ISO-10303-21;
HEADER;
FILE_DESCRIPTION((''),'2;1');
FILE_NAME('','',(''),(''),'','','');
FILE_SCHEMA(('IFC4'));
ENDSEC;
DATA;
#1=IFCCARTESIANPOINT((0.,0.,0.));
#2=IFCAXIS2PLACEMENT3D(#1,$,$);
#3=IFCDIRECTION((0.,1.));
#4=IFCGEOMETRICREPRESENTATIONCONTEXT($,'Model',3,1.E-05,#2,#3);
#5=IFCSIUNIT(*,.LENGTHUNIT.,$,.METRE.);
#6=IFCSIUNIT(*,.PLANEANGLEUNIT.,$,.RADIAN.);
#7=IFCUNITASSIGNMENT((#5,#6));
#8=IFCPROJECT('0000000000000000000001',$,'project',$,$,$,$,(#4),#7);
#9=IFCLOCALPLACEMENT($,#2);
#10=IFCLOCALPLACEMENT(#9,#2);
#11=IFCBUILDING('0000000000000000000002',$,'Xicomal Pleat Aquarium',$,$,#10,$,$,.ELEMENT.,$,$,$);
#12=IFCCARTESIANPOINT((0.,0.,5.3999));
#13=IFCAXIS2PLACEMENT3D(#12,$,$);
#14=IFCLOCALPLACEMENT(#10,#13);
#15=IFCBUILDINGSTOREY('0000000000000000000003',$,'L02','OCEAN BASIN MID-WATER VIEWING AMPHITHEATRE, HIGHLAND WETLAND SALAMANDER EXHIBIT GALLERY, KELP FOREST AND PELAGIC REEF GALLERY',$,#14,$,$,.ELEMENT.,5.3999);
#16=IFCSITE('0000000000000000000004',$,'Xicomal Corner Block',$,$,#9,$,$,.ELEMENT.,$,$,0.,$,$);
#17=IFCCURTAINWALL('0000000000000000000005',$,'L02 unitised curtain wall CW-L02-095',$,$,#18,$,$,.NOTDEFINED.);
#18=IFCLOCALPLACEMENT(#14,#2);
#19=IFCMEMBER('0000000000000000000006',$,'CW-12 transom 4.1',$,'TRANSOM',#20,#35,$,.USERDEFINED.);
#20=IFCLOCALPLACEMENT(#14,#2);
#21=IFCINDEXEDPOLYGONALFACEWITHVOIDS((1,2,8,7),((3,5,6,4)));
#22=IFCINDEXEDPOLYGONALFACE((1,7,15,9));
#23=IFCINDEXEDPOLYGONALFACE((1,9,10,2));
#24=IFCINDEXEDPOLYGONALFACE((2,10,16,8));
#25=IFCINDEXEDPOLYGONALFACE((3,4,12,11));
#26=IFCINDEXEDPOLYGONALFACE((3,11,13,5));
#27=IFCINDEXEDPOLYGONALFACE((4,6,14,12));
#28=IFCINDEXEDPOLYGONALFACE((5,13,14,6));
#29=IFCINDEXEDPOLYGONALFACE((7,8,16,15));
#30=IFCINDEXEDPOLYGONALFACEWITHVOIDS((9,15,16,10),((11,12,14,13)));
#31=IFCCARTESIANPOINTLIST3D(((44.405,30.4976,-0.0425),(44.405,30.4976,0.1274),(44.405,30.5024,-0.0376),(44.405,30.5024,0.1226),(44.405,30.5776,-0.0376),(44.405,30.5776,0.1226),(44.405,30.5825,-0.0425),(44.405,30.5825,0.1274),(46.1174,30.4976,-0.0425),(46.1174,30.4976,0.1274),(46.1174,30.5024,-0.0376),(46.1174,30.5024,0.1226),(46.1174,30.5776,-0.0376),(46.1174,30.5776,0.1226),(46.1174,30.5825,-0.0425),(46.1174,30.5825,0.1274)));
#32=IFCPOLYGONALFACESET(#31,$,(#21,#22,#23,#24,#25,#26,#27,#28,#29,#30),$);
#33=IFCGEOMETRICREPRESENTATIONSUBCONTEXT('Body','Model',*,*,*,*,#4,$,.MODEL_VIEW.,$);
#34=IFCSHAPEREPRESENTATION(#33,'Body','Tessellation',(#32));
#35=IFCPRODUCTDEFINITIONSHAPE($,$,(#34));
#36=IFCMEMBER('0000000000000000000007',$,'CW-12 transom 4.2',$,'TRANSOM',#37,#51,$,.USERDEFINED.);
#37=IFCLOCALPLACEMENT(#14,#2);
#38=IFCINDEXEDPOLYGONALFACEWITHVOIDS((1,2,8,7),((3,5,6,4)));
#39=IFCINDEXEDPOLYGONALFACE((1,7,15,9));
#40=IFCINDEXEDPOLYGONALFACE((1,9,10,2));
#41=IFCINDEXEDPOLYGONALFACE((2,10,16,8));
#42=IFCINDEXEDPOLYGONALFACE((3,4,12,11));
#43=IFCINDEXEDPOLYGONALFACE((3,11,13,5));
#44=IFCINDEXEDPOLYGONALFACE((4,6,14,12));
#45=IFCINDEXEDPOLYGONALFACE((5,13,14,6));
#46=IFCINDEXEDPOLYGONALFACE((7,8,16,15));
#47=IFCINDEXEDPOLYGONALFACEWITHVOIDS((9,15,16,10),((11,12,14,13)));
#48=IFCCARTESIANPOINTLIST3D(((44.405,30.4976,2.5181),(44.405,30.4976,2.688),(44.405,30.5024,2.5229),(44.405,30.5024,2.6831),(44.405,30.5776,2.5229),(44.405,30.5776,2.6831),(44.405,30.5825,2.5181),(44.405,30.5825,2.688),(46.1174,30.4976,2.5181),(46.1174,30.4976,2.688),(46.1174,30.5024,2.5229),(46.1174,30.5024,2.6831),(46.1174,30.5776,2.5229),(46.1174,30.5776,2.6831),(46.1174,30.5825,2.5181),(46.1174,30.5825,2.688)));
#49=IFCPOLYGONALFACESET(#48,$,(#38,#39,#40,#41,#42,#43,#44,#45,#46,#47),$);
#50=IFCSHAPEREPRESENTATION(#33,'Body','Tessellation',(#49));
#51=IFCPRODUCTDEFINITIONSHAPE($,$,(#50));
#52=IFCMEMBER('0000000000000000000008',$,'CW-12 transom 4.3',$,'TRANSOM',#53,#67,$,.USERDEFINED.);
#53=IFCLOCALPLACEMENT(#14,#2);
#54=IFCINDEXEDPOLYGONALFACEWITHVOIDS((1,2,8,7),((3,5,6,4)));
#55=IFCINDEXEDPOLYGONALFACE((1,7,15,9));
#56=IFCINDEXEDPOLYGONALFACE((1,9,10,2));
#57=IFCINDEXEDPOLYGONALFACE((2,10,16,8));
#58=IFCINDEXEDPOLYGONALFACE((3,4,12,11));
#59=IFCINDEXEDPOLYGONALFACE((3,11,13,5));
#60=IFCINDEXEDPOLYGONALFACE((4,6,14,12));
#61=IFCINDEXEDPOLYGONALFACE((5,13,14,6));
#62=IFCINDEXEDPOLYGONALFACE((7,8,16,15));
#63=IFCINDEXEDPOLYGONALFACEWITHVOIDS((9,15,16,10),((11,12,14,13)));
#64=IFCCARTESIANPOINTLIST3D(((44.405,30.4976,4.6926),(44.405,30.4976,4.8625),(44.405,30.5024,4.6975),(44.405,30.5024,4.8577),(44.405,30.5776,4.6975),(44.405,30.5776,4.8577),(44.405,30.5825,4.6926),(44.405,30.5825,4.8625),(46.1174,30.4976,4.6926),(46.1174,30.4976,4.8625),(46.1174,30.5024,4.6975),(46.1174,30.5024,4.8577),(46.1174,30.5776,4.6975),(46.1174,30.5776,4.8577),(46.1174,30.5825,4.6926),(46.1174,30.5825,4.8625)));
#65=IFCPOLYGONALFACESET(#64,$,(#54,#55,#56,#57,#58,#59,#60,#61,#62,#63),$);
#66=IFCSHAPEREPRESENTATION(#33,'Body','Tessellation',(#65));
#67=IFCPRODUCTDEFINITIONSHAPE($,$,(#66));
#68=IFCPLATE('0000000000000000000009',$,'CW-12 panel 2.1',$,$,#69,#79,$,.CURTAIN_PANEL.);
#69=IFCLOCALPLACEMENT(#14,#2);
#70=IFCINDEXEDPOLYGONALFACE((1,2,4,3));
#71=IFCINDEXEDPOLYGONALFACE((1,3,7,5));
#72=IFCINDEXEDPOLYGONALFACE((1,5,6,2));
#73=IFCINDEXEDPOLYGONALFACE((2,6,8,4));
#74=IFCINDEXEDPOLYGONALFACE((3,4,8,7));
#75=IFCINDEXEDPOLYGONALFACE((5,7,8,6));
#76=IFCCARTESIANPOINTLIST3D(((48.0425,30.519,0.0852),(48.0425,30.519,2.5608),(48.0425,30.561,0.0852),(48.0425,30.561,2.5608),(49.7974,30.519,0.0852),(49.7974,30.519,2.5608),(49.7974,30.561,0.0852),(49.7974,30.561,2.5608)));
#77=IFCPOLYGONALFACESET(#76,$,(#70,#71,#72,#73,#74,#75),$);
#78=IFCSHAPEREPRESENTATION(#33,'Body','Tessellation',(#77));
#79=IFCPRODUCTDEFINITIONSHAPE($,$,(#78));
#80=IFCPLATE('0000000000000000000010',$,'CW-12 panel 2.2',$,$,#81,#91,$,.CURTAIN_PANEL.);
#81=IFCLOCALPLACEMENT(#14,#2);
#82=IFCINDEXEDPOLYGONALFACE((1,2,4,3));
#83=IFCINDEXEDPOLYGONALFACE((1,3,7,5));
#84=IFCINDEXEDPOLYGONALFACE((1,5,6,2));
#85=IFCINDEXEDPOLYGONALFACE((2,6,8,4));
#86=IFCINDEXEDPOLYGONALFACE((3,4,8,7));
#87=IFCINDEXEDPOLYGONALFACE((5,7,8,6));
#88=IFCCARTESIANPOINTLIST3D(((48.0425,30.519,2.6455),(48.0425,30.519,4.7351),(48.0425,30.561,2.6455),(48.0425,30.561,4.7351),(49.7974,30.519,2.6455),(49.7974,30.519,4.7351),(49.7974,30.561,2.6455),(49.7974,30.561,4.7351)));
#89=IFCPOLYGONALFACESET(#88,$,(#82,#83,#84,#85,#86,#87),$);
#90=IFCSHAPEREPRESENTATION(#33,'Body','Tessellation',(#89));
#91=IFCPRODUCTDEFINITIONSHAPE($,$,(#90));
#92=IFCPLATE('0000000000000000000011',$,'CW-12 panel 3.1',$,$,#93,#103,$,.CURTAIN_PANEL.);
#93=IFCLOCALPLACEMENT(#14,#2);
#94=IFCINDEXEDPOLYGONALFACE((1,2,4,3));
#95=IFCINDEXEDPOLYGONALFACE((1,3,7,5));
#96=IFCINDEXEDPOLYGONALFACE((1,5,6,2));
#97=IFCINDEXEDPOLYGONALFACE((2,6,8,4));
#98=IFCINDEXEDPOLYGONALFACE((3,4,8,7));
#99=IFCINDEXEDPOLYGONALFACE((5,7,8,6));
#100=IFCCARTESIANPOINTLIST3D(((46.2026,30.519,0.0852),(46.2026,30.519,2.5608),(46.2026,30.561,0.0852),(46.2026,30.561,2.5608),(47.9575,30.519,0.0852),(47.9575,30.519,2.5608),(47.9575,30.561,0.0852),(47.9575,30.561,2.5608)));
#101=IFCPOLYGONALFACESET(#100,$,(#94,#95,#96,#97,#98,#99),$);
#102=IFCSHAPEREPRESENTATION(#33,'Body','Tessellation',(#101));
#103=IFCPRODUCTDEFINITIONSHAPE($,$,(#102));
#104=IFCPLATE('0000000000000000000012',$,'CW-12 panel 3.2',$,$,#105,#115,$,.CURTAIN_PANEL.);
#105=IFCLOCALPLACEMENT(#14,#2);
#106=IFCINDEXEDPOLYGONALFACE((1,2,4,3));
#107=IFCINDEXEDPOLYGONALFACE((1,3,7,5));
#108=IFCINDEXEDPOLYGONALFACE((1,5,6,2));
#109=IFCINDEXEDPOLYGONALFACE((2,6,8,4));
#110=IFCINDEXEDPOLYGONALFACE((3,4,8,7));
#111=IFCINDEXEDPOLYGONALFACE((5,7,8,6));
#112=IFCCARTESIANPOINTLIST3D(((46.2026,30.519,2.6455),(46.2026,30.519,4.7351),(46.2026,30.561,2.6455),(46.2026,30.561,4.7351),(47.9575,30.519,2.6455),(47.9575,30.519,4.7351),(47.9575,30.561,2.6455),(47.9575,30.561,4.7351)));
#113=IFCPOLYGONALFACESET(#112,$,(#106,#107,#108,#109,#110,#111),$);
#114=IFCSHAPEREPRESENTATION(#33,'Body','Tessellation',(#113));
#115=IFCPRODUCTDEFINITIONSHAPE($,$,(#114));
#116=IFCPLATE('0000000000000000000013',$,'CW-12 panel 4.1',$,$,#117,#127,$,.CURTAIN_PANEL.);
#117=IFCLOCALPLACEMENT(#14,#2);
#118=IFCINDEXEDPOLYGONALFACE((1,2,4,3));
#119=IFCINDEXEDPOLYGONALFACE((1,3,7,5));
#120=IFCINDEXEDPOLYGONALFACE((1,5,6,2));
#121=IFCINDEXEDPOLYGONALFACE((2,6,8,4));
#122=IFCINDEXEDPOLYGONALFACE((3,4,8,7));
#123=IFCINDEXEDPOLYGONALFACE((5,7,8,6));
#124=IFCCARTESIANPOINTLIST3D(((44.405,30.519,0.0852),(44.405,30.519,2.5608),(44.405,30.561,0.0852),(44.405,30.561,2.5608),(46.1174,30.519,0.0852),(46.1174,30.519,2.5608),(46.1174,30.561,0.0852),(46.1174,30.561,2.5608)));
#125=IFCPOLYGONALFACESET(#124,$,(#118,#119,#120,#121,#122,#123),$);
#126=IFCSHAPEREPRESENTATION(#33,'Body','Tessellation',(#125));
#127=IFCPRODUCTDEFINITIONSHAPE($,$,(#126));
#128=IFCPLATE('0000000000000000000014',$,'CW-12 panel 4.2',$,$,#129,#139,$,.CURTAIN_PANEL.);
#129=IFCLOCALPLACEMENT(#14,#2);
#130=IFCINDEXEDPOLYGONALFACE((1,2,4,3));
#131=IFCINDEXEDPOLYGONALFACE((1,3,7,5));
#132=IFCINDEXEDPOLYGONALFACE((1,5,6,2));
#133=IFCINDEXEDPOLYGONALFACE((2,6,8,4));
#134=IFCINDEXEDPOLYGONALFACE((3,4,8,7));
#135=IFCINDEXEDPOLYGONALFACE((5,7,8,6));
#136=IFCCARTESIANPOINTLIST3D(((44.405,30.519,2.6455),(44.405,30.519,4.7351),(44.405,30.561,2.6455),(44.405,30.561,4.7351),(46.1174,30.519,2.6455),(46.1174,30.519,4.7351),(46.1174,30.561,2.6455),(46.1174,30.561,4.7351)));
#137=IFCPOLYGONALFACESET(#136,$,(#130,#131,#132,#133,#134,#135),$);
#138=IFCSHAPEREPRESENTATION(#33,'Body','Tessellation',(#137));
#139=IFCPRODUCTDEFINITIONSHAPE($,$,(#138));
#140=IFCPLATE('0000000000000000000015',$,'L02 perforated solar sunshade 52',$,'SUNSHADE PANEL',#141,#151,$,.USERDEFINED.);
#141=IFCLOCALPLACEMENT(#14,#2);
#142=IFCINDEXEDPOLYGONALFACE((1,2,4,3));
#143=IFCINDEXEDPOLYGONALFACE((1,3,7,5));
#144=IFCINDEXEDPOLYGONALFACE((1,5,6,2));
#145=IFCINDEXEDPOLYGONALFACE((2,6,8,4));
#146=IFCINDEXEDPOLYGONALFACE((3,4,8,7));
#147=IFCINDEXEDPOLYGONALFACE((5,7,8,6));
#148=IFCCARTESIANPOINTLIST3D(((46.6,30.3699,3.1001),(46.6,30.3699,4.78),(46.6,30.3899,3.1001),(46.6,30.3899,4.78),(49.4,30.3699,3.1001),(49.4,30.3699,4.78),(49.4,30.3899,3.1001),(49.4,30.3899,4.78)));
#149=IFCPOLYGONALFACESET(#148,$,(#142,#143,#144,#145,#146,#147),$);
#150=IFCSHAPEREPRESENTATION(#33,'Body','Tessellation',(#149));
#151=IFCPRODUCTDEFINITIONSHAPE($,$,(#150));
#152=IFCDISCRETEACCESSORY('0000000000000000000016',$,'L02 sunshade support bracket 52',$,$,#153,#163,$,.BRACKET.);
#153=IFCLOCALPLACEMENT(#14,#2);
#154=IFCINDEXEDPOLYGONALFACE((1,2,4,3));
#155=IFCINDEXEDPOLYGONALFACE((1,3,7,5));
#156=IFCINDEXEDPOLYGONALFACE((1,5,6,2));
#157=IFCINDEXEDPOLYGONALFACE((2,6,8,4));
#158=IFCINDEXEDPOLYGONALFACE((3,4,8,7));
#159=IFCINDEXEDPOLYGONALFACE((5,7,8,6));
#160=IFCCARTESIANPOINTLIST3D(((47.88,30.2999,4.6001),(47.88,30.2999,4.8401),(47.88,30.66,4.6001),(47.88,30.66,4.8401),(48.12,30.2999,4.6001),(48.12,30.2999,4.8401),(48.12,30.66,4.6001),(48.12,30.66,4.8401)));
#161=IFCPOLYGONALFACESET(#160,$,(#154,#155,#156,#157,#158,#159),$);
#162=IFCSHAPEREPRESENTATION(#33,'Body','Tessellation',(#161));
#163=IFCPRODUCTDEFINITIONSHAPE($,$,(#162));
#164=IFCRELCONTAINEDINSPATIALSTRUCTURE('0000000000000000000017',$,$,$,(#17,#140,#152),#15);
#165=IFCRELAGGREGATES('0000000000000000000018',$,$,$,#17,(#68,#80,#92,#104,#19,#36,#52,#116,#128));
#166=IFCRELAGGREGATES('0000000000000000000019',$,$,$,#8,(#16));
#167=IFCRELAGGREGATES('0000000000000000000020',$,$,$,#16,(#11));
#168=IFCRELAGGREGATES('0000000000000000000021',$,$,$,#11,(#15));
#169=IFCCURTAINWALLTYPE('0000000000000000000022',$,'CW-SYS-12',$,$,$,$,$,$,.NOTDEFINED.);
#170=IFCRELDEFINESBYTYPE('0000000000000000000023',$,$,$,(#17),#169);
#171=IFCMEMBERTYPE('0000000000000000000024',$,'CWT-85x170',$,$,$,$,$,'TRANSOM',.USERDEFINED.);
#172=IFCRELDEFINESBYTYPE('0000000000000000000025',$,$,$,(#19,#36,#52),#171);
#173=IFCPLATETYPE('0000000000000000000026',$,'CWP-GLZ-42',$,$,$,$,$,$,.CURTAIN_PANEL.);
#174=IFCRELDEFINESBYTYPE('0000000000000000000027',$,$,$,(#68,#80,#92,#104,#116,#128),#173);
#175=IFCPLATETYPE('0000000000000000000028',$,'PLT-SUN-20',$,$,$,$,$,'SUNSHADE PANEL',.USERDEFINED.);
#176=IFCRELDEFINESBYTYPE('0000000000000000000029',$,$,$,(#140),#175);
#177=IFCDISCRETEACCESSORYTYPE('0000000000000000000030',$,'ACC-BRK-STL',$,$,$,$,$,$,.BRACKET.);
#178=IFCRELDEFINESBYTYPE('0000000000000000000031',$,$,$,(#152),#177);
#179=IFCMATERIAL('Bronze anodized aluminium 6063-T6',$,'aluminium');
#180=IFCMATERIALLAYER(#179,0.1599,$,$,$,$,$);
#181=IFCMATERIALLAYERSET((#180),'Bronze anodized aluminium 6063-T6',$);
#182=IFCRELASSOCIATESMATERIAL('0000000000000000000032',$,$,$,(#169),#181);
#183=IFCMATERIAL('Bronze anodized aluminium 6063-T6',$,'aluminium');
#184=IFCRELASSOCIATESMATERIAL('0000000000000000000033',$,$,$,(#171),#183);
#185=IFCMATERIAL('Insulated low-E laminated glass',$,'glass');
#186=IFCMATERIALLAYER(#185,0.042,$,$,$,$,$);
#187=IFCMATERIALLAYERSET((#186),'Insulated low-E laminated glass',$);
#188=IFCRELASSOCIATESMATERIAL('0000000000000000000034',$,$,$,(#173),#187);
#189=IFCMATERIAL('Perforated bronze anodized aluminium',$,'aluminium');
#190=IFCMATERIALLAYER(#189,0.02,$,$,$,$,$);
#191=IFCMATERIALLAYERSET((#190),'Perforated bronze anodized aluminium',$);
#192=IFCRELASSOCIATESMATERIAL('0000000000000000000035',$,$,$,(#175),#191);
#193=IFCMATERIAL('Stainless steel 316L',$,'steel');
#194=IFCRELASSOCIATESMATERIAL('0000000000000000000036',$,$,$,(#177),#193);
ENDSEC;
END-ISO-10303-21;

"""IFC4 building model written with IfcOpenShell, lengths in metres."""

from ifc_helpers import new_model, si_unit, direction, frame, origin, origin_2d, place, context, subcontext, project, spatial, rectangle, hollow_rectangle, extrude, material, layer, layer_set, material_profile, profile_set, type_object, element, aggregate, save


model = new_model("IFC4")

# Units and contexts
model_context = context("Model", 3, precision=1e-05, world=origin(), true_north=direction((0.0, 1.0)))
body_context = subcontext(model_context, "Body", "Model", "MODEL_VIEW")
ifc_project = project(units=[si_unit("LENGTHUNIT", "METRE"), si_unit("PLANEANGLEUNIT", "RADIAN")], contexts=[model_context])

# Site, building, storey
site_placement = place(None, origin())
site = spatial("IfcSite", under=ifc_project, at=site_placement, Name="Xicomal Corner Block", CompositionType="ELEMENT", RefElevation=0.0)
building_placement = place(site_placement, origin())
building = spatial("IfcBuilding", under=site, at=building_placement, Name="Xicomal Pleat Aquarium", CompositionType="ELEMENT")
storey_placement = place(building_placement, frame((0.0, 0.0, 5.3999)))
storey = spatial("IfcBuildingStorey", under=building, at=storey_placement, Name="L02", Description="OCEAN BASIN MID-WATER VIEWING AMPHITHEATRE, HIGHLAND WETLAND SALAMANDER EXHIBIT GALLERY, KELP FOREST AND PELAGIC REEF GALLERY", CompositionType="ELEMENT", Elevation=5.3999)

# Curtain wall, members, plates
ifc_material_1 = material(Name="Bronze anodized aluminium 6063-T6", Category="aluminium")
ifc_layer_1 = layer(ifc_material_1, 0.1599)
ifc_layer_set_1 = layer_set([ifc_layer_1], Name="Bronze anodized aluminium 6063-T6")
curtain_wall_type = type_object("IfcCurtainWallType", Name="CW-SYS-12", PredefinedType="NOTDEFINED", material=ifc_layer_set_1)
curtain_wall_placement = place(storey_placement, origin())
curtain_wall = element("IfcCurtainWall", 1, at=curtain_wall_placement, inside=storey, type_object=curtain_wall_type, Name="L02 unitised curtain wall CW-L02-095", PredefinedType="NOTDEFINED")
ifc_material_2 = material(Name="Bronze anodized aluminium 6063-T6", Category="aluminium")
ifc_material_profile_1 = material_profile(ifc_material_2, hollow_rectangle(XDim=0.085, YDim=0.1699, WallThickness=0.0049, at=origin_2d()), Name="ALU TRAN 85x170")
ifc_profile_set_1 = profile_set([ifc_material_profile_1], Name="Bronze anodized aluminium 6063-T6")
member_type_1 = type_object("IfcMemberType", Name="CWT-85x170", ElementType="TRANSOM", PredefinedType="USERDEFINED", material=ifc_profile_set_1)
member_1_placement = place(storey_placement, frame((46.1174, 30.54, 0.0425), z_axis=(-1.0, 0.0, 0.0), x_axis=(0.0, -1.0, 0.0)))
member_1 = element("IfcMember", 2, at=member_1_placement, type_object=member_type_1, Name="CW-12 transom 4.1", ObjectType="TRANSOM", PredefinedType="USERDEFINED", context=body_context, shape_type="SweptSolid", body=[
    extrude(hollow_rectangle(XDim=0.085, YDim=0.1699, WallThickness=0.0049, at=origin_2d()), origin(), (0.0, 0.0, 1.0), 1.7124),
])
member_2_placement = place(storey_placement, frame((46.1174, 30.54, 2.603), z_axis=(-1.0, 0.0, 0.0), x_axis=(0.0, -1.0, 0.0)))
member_2 = element("IfcMember", 3, at=member_2_placement, type_object=member_type_1, Name="CW-12 transom 4.2", ObjectType="TRANSOM", PredefinedType="USERDEFINED", context=body_context, shape_type="SweptSolid", body=[
    extrude(hollow_rectangle(XDim=0.085, YDim=0.1699, WallThickness=0.0049, at=origin_2d()), origin(), (0.0, 0.0, 1.0), 1.7124),
])
member_3_placement = place(storey_placement, frame((46.1174, 30.54, 4.7776), z_axis=(-1.0, 0.0, 0.0), x_axis=(0.0, -1.0, 0.0)))
member_3 = element("IfcMember", 4, at=member_3_placement, type_object=member_type_1, Name="CW-12 transom 4.3", ObjectType="TRANSOM", PredefinedType="USERDEFINED", context=body_context, shape_type="SweptSolid", body=[
    extrude(hollow_rectangle(XDim=0.085, YDim=0.1699, WallThickness=0.0049, at=origin_2d()), origin(), (0.0, 0.0, 1.0), 1.7124),
])
ifc_material_3 = material(Name="Insulated low-E laminated glass", Category="glass")
ifc_layer_2 = layer(ifc_material_3, 0.042)
ifc_layer_set_2 = layer_set([ifc_layer_2], Name="Insulated low-E laminated glass")
plate_type_1 = type_object("IfcPlateType", Name="CWP-GLZ-42", PredefinedType="CURTAIN_PANEL", material=ifc_layer_set_2)
plate_1_placement = place(storey_placement, frame((48.9199, 30.54, 0.0852), z_axis=(0.0, 0.0, 1.0), x_axis=(-1.0, 0.0, 0.0)))
plate_1 = element("IfcPlate", 5, at=plate_1_placement, type_object=plate_type_1, Name="CW-12 panel 2.1", PredefinedType="CURTAIN_PANEL", context=body_context, shape_type="SweptSolid", body=[
    extrude(rectangle(XDim=1.7549, YDim=0.042, at=origin_2d()), origin(), (0.0, 0.0, 1.0), 2.4756),
])
plate_2_placement = place(storey_placement, frame((48.9199, 30.54, 2.6455), z_axis=(0.0, 0.0, 1.0), x_axis=(-1.0, 0.0, 0.0)))
plate_2 = element("IfcPlate", 6, at=plate_2_placement, type_object=plate_type_1, Name="CW-12 panel 2.2", PredefinedType="CURTAIN_PANEL", context=body_context, shape_type="SweptSolid", body=[
    extrude(rectangle(XDim=1.7549, YDim=0.042, at=origin_2d()), origin(), (0.0, 0.0, 1.0), 2.0896),
])
plate_3_placement = place(storey_placement, frame((47.0801, 30.54, 0.0852), z_axis=(0.0, 0.0, 1.0), x_axis=(-1.0, 0.0, 0.0)))
plate_3 = element("IfcPlate", 7, at=plate_3_placement, type_object=plate_type_1, Name="CW-12 panel 3.1", PredefinedType="CURTAIN_PANEL", context=body_context, shape_type="SweptSolid", body=[
    extrude(rectangle(XDim=1.7549, YDim=0.042, at=origin_2d()), origin(), (0.0, 0.0, 1.0), 2.4756),
])
plate_4_placement = place(storey_placement, frame((47.0801, 30.54, 2.6455), z_axis=(0.0, 0.0, 1.0), x_axis=(-1.0, 0.0, 0.0)))
plate_4 = element("IfcPlate", 8, at=plate_4_placement, type_object=plate_type_1, Name="CW-12 panel 3.2", PredefinedType="CURTAIN_PANEL", context=body_context, shape_type="SweptSolid", body=[
    extrude(rectangle(XDim=1.7549, YDim=0.042, at=origin_2d()), origin(), (0.0, 0.0, 1.0), 2.0896),
])
plate_5_placement = place(storey_placement, frame((45.2612, 30.54, 0.0852), z_axis=(0.0, 0.0, 1.0), x_axis=(-1.0, 0.0, 0.0)))
plate_5 = element("IfcPlate", 9, at=plate_5_placement, type_object=plate_type_1, Name="CW-12 panel 4.1", PredefinedType="CURTAIN_PANEL", context=body_context, shape_type="SweptSolid", body=[
    extrude(rectangle(XDim=1.7124, YDim=0.042, at=origin_2d()), origin(), (0.0, 0.0, 1.0), 2.4756),
])
plate_6_placement = place(storey_placement, frame((45.2612, 30.54, 2.6455), z_axis=(0.0, 0.0, 1.0), x_axis=(-1.0, 0.0, 0.0)))
plate_6 = element("IfcPlate", 10, at=plate_6_placement, type_object=plate_type_1, Name="CW-12 panel 4.2", PredefinedType="CURTAIN_PANEL", context=body_context, shape_type="SweptSolid", body=[
    extrude(rectangle(XDim=1.7124, YDim=0.042, at=origin_2d()), origin(), (0.0, 0.0, 1.0), 2.0896),
])
aggregate(curtain_wall, [plate_1, plate_2, plate_3, plate_4, member_1, member_2, member_3, plate_5, plate_6])

# Plate
ifc_material_4 = material(Name="Perforated bronze anodized aluminium", Category="aluminium")
ifc_layer_3 = layer(ifc_material_4, 0.02)
ifc_layer_set_3 = layer_set([ifc_layer_3], Name="Perforated bronze anodized aluminium")
plate_type_2 = type_object("IfcPlateType", Name="PLT-SUN-20", ElementType="SUNSHADE PANEL", PredefinedType="USERDEFINED", material=ifc_layer_set_3)
plate_7_placement = place(storey_placement, frame((48.0, 30.3799, 3.1001), z_axis=(0.0, 0.0, 1.0), x_axis=(-1.0, 0.0, 0.0)))
element("IfcPlate", 11, at=plate_7_placement, inside=storey, type_object=plate_type_2, Name="L02 perforated solar sunshade 52", ObjectType="SUNSHADE PANEL", PredefinedType="USERDEFINED", context=body_context, shape_type="SweptSolid", body=[
    extrude(rectangle(XDim=2.8, YDim=0.02, at=origin_2d()), origin(), (0.0, 0.0, 1.0), 1.6799),
])

# Discrete accessory
ifc_material_5 = material(Name="Stainless steel 316L", Category="steel")
discrete_accessory_type = type_object("IfcDiscreteAccessoryType", Name="ACC-BRK-STL", PredefinedType="BRACKET", material=ifc_material_5)
discrete_accessory_placement = place(storey_placement, frame((48.0, 30.48, 4.6001), z_axis=(0.0, 0.0, 1.0), x_axis=(-1.0, 0.0, 0.0)))
element("IfcDiscreteAccessory", 12, at=discrete_accessory_placement, inside=storey, type_object=discrete_accessory_type, Name="L02 sunshade support bracket 52", PredefinedType="BRACKET", context=body_context, shape_type="SweptSolid", body=[
    extrude(rectangle(XDim=0.24, YDim=0.3601, at=origin_2d()), origin(), (0.0, 0.0, 1.0), 0.24),
])

save(model, "model.ifc")
